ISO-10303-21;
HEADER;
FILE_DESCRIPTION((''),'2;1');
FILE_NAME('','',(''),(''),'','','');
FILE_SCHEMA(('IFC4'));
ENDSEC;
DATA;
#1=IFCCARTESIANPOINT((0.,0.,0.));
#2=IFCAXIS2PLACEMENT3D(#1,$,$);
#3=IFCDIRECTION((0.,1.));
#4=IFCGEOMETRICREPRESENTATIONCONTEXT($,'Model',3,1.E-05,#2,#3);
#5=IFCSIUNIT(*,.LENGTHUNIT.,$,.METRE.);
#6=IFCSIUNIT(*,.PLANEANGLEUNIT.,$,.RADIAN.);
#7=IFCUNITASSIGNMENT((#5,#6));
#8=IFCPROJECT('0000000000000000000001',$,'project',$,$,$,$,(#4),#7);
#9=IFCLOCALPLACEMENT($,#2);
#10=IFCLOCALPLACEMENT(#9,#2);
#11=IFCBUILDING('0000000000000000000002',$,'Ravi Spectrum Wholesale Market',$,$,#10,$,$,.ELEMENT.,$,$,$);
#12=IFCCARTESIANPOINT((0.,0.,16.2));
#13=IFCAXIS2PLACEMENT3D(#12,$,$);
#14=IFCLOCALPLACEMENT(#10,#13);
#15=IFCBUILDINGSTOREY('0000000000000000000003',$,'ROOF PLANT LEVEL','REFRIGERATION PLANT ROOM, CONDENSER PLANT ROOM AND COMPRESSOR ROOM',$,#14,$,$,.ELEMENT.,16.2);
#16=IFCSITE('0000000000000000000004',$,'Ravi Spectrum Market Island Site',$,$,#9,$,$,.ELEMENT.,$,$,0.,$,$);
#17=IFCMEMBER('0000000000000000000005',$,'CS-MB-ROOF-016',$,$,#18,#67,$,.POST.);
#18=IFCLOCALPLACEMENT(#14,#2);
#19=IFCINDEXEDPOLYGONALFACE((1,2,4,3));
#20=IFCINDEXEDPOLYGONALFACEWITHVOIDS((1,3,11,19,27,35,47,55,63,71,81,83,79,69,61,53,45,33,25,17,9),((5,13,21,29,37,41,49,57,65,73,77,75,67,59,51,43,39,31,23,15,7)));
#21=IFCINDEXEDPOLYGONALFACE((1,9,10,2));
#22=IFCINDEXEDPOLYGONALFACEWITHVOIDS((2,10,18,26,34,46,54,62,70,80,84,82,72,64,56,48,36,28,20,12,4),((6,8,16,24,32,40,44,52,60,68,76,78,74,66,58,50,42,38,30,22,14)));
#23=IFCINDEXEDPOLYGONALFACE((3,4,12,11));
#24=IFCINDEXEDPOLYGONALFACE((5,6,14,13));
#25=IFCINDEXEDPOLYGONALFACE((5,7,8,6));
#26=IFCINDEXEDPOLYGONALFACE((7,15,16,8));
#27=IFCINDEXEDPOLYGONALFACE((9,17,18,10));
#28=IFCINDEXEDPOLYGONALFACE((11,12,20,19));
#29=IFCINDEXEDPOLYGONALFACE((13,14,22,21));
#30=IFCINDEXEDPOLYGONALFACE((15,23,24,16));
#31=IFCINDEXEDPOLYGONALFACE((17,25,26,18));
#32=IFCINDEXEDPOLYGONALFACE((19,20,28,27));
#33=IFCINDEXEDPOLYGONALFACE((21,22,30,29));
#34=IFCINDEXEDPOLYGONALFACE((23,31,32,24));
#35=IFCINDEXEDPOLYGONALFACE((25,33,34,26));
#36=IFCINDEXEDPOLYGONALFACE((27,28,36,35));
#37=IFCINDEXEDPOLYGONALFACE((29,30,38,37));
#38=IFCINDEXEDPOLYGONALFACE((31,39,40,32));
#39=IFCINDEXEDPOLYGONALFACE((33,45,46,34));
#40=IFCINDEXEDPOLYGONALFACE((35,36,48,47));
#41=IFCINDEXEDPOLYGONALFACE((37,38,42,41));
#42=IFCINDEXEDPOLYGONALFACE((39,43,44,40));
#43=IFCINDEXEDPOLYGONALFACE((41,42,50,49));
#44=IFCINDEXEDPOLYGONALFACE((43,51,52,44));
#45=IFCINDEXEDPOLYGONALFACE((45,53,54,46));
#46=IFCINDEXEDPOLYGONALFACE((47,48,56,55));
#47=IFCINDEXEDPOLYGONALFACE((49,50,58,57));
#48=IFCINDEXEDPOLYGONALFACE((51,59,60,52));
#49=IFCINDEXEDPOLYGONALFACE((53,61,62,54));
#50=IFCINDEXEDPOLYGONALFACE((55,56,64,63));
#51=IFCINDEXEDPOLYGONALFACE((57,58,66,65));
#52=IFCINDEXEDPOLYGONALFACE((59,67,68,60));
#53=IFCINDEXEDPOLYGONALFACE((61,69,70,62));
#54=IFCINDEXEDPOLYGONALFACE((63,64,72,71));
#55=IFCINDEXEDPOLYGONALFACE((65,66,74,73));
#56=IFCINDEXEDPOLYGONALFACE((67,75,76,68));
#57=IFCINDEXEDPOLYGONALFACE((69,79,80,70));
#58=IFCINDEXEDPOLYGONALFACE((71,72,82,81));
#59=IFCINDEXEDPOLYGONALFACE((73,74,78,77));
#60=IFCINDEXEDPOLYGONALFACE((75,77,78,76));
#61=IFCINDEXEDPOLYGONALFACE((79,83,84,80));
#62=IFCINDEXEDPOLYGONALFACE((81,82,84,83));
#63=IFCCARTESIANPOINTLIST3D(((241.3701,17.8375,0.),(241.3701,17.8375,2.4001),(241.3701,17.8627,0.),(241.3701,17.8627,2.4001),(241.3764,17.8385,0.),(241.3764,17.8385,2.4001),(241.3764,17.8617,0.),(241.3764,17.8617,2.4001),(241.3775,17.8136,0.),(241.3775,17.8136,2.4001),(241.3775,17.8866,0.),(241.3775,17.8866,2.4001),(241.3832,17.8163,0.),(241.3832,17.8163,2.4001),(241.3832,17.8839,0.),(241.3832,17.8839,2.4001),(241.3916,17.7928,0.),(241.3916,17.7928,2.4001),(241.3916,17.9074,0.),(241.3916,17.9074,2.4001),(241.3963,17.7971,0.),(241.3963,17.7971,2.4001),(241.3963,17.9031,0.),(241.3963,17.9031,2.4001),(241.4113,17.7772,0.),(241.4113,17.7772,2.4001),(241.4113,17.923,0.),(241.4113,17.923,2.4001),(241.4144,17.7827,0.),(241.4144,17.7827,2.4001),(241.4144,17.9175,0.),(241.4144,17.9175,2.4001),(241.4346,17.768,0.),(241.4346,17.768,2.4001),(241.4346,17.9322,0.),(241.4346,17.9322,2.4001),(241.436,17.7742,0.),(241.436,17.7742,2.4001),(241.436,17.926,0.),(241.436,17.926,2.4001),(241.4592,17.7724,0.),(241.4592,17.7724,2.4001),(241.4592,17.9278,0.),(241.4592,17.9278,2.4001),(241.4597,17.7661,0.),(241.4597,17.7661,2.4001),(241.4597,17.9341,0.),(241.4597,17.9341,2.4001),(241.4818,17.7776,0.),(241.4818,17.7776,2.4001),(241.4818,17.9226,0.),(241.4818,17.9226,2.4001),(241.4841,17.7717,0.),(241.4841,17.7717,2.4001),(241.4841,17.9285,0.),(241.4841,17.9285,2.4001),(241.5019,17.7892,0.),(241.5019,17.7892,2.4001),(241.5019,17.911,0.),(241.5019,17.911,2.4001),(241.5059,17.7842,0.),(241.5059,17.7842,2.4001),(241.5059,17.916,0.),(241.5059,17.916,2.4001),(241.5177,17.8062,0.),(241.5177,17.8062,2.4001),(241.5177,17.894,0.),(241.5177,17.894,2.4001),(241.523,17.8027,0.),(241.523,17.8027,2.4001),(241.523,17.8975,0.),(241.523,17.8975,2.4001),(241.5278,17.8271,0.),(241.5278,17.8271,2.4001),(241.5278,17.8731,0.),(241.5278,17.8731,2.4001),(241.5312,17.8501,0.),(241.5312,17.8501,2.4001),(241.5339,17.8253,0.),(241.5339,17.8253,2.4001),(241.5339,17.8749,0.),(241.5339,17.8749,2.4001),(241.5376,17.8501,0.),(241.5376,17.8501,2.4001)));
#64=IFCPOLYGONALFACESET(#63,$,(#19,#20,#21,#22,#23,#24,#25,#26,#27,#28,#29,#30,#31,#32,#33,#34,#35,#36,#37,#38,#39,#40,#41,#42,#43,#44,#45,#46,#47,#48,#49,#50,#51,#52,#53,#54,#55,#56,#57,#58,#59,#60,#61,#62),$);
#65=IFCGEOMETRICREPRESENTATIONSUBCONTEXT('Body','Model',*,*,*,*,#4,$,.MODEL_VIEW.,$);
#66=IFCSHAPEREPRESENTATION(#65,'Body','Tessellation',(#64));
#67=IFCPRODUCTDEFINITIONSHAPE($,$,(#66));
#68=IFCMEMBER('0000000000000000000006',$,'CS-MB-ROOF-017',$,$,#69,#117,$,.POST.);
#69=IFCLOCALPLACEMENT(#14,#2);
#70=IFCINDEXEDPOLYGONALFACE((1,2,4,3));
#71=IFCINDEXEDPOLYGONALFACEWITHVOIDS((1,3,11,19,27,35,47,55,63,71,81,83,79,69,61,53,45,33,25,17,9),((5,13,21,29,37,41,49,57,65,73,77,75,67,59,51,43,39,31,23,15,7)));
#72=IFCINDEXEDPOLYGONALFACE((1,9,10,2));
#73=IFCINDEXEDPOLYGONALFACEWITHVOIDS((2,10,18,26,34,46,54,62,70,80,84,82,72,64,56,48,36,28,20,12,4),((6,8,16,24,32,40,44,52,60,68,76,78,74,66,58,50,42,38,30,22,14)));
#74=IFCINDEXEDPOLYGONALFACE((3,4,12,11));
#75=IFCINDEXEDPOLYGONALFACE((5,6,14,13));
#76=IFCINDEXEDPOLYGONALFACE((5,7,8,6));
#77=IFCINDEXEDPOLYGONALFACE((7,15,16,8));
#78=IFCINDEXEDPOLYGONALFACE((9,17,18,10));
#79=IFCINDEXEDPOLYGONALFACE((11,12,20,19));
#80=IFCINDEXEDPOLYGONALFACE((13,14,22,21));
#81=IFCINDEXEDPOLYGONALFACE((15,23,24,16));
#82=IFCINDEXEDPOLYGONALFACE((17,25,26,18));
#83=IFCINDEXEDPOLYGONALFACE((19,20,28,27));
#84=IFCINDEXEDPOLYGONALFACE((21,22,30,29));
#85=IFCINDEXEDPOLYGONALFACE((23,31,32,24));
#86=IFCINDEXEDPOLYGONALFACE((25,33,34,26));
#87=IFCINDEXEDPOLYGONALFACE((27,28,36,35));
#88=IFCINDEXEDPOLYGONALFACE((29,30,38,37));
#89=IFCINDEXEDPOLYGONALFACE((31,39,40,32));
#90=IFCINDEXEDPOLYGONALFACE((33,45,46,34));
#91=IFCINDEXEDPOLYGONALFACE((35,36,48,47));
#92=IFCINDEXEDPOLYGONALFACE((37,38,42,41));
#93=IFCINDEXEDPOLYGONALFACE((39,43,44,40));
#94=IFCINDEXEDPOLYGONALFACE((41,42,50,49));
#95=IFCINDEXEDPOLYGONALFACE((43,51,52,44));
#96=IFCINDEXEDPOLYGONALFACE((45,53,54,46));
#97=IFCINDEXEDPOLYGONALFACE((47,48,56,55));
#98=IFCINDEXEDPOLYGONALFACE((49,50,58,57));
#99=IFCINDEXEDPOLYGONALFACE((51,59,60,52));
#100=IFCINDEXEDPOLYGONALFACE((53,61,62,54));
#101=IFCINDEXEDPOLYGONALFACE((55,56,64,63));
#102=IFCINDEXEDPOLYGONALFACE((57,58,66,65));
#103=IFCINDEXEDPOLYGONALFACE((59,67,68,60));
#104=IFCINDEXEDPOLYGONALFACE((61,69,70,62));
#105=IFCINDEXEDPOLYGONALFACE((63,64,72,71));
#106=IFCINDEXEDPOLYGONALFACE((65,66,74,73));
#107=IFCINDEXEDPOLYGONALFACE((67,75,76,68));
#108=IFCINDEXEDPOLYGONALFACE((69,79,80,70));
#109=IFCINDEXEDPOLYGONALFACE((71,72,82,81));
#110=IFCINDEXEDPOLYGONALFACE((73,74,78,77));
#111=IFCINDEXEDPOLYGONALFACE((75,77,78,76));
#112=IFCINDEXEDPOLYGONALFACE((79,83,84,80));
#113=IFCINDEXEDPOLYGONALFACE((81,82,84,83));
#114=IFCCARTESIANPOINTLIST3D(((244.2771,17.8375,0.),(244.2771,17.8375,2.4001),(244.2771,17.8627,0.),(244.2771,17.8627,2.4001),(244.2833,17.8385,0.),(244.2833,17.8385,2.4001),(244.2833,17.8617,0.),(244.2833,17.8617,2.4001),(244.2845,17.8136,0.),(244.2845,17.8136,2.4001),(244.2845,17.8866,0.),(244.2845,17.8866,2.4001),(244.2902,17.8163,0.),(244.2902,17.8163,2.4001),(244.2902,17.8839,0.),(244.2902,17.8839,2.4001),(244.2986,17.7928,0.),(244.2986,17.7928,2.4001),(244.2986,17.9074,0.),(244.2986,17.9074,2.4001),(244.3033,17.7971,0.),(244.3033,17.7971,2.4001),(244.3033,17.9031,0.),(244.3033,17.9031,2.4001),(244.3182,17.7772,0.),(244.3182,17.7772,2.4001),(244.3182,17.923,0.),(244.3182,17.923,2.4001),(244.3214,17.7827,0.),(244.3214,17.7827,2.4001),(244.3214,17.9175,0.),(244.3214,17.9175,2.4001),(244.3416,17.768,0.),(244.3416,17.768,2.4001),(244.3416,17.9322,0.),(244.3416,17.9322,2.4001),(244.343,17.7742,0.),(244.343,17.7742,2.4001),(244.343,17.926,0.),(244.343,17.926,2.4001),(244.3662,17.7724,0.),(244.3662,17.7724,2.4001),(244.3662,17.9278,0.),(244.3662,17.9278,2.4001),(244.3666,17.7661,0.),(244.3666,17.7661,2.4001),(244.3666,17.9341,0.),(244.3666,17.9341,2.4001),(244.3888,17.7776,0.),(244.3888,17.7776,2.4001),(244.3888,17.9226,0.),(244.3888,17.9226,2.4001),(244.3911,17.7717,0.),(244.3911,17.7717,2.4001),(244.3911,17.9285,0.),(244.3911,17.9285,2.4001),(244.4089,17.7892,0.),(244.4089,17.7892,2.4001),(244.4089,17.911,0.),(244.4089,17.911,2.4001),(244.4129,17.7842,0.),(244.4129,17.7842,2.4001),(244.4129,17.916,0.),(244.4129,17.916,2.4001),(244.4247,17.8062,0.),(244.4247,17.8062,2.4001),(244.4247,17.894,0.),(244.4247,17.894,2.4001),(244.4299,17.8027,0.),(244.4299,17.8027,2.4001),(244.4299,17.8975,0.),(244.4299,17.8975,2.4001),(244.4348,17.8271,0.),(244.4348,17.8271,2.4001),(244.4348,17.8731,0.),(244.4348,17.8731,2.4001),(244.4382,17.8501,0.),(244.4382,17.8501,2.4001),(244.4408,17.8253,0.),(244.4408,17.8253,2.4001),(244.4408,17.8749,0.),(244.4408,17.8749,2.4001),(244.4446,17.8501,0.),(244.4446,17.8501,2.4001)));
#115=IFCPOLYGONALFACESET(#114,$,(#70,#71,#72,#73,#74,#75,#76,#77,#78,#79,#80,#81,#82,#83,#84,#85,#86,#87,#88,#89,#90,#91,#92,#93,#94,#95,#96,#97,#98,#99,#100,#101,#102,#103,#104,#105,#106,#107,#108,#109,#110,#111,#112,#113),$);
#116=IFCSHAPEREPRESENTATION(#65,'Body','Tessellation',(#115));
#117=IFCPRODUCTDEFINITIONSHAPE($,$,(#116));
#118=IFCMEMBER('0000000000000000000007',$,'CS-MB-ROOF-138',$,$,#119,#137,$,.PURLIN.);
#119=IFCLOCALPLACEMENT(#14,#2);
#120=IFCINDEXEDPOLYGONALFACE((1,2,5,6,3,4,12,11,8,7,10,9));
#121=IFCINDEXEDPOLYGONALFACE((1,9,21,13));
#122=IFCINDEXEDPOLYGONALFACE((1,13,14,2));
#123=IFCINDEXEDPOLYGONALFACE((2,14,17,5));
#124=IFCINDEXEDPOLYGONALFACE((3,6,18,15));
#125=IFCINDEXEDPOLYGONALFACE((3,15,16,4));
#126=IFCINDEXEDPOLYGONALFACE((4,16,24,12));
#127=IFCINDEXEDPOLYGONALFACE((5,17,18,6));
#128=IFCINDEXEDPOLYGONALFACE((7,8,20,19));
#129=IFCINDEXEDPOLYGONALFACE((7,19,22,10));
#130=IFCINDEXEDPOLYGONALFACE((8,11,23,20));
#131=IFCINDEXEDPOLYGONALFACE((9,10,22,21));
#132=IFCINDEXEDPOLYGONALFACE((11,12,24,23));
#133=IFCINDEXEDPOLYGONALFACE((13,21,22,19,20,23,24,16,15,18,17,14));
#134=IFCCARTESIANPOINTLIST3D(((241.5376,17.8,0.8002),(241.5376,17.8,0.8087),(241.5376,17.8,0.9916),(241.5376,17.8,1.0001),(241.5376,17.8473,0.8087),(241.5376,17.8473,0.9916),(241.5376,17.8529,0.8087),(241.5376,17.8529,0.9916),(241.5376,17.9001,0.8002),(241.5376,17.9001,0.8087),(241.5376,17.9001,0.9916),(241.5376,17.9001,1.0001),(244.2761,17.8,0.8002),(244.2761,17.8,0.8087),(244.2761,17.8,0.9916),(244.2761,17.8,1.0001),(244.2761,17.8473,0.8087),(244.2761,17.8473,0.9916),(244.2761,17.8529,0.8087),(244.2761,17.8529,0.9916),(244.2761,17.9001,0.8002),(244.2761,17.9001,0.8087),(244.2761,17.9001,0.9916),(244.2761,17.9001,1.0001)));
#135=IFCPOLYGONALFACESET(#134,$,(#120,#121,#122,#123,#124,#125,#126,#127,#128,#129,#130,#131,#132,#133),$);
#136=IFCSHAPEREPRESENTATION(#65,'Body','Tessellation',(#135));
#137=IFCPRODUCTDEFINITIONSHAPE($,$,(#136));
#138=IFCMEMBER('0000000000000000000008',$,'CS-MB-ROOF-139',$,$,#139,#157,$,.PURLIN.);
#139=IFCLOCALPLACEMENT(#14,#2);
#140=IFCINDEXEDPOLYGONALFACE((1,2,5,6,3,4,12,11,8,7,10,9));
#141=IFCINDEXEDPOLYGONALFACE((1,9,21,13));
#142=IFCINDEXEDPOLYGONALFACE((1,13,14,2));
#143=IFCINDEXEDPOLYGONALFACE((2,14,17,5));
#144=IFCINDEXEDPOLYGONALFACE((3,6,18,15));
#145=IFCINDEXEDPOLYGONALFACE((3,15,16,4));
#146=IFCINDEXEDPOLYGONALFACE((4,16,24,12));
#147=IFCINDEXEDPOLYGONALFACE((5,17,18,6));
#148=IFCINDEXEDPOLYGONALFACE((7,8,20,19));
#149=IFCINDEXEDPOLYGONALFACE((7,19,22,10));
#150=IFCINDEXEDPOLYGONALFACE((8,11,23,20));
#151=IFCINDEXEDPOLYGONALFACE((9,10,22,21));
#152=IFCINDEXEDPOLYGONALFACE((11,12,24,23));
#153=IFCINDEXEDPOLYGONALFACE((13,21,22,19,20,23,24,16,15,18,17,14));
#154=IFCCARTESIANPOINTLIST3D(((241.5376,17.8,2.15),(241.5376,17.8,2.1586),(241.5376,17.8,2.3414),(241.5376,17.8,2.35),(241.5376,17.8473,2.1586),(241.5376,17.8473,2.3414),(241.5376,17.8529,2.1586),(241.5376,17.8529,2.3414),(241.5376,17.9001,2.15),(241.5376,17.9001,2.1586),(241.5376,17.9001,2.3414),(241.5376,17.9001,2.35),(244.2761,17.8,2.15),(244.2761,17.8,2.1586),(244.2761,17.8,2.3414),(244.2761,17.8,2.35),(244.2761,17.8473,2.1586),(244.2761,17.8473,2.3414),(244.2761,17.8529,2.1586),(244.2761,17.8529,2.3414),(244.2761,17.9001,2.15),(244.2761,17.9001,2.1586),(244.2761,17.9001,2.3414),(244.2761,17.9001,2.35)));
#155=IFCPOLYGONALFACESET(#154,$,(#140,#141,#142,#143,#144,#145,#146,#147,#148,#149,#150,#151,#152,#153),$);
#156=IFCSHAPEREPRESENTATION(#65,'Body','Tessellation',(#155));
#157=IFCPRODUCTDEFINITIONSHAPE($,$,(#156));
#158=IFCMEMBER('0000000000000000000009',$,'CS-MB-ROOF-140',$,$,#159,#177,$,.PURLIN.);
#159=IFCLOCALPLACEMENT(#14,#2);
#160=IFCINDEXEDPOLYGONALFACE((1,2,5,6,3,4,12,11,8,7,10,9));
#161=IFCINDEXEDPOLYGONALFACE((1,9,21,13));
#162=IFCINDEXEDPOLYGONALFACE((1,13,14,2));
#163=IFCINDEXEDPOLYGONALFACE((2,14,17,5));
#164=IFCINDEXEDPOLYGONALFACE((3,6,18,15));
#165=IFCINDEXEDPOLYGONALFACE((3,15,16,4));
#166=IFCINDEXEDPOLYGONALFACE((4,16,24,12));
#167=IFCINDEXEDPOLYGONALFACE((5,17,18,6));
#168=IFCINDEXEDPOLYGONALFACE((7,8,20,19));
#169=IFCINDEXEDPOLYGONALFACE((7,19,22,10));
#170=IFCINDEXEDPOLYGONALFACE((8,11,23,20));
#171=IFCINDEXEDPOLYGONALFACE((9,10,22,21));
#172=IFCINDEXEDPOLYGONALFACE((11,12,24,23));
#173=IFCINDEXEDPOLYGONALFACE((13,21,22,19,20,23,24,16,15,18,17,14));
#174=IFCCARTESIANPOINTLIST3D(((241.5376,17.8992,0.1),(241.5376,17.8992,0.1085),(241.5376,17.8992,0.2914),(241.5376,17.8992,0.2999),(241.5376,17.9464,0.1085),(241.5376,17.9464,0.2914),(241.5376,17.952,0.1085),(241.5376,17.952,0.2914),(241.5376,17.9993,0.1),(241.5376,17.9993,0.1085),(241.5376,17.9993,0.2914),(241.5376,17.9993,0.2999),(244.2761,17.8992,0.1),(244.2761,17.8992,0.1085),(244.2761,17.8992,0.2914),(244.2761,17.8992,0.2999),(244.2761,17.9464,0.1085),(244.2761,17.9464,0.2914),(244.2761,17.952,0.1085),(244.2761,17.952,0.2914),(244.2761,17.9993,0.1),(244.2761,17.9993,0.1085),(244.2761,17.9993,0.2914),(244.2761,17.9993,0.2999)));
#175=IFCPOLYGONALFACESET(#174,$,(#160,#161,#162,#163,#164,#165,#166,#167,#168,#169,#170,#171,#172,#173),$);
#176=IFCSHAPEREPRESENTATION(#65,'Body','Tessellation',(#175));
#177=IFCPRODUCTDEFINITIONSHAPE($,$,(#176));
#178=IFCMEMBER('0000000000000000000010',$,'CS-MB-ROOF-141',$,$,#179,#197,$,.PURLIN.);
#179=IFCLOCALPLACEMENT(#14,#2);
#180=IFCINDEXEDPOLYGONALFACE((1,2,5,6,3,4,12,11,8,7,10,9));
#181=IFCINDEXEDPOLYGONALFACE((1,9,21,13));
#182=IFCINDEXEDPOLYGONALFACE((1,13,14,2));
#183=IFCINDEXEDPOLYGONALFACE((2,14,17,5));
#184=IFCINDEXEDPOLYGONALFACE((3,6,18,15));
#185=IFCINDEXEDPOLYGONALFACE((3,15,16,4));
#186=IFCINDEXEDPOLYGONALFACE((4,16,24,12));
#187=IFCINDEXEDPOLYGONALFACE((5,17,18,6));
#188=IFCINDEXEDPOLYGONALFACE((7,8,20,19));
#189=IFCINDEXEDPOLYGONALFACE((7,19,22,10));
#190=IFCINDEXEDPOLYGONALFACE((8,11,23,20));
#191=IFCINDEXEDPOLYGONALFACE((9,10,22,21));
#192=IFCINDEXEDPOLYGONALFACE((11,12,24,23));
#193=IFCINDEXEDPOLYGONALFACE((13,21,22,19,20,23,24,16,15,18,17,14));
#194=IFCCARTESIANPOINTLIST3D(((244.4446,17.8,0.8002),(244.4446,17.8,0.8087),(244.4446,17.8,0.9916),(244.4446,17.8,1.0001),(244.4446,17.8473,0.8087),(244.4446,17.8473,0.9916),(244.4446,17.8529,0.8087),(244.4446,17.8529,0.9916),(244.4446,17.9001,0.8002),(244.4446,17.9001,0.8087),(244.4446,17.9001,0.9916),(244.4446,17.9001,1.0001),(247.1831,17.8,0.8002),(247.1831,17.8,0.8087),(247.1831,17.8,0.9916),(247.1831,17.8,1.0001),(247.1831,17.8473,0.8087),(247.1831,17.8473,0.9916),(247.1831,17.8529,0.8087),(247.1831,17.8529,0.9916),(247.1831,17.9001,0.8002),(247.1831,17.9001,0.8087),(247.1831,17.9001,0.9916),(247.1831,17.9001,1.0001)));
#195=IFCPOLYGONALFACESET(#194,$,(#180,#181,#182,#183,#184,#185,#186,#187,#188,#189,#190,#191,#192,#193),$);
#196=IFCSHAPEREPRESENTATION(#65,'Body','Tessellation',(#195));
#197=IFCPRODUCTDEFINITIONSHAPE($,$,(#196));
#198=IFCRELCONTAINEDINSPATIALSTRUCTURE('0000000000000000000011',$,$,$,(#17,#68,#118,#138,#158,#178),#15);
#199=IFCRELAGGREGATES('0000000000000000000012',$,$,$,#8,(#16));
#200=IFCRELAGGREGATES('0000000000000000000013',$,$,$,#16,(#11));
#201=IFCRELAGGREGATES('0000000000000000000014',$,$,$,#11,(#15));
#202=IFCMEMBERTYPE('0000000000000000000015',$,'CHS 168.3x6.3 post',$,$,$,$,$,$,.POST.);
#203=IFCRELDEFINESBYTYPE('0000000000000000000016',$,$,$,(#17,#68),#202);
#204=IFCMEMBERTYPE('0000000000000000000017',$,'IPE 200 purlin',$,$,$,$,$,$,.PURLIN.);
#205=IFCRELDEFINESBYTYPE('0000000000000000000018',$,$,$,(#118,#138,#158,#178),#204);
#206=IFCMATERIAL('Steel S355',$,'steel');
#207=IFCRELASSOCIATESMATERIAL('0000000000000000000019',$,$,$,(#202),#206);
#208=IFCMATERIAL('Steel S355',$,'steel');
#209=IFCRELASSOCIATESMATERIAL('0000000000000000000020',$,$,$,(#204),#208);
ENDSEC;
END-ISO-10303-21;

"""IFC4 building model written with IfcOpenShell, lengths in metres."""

from ifc_helpers import new_model, si_unit, direction, frame, origin, origin_2d, place, context, subcontext, project, spatial, hollow_circle, i_section, extrude, material, material_profile, profile_set, type_object, element, save


model = new_model("IFC4")

# Units and contexts
model_context = context("Model", 3, precision=1e-05, world=origin(), true_north=direction((0.0, 1.0)))
body_context = subcontext(model_context, "Body", "Model", "MODEL_VIEW")
ifc_project = project(units=[si_unit("LENGTHUNIT", "METRE"), si_unit("PLANEANGLEUNIT", "RADIAN")], contexts=[model_context])

# Site, building, storey
site_placement = place(None, origin())
site = spatial("IfcSite", under=ifc_project, at=site_placement, Name="Ravi Spectrum Market Island Site", CompositionType="ELEMENT", RefElevation=0.0)
building_placement = place(site_placement, origin())
building = spatial("IfcBuilding", under=site, at=building_placement, Name="Ravi Spectrum Wholesale Market", CompositionType="ELEMENT")
storey_placement = place(building_placement, frame((0.0, 0.0, 16.2)))
storey = spatial("IfcBuildingStorey", under=building, at=storey_placement, Name="ROOF PLANT LEVEL", Description="REFRIGERATION PLANT ROOM, CONDENSER PLANT ROOM AND COMPRESSOR ROOM", CompositionType="ELEMENT", Elevation=16.2)

# Members
ifc_material_1 = material(Name="Steel S355", Category="steel")
ifc_material_profile_1 = material_profile(ifc_material_1, hollow_circle(Radius=0.0842, WallThickness=0.0063, at=origin_2d()))
ifc_profile_set_1 = profile_set([ifc_material_profile_1], Name="Steel S355")
member_type_1 = type_object("IfcMemberType", Name="CHS 168.3x6.3 post", PredefinedType="POST", material=ifc_profile_set_1)
for number, where, z_axis, x_axis, name in (
    (1, (241.4534, 17.8501, 0.0), (0.0, 0.0, 1.0), (1.0, 0.0, 0.0), "CS-MB-ROOF-016"),
    (2, (244.3604, 17.8501, 0.0), (0.0, 0.0, 1.0), (1.0, 0.0, 0.0), "CS-MB-ROOF-017"),
):
    element("IfcMember", number, at=place(storey_placement, frame(where, z_axis=z_axis, x_axis=x_axis)), inside=storey, type_object=member_type_1, Name=name, PredefinedType="POST", context=body_context, shape_type="SweptSolid", body=[
        extrude(hollow_circle(Radius=0.0842, WallThickness=0.0063, at=origin_2d()), origin(), (0.0, 0.0, 1.0), 2.4001),
    ])
ifc_material_2 = material(Name="Steel S355", Category="steel")
ifc_material_profile_2 = material_profile(ifc_material_2, i_section(OverallWidth=0.1001, OverallDepth=0.2, WebThickness=0.0056, FlangeThickness=0.0085, at=origin_2d()))
ifc_profile_set_2 = profile_set([ifc_material_profile_2], Name="Steel S355")
member_type_2 = type_object("IfcMemberType", Name="IPE 200 purlin", PredefinedType="PURLIN", material=ifc_profile_set_2)
for number, where, z_axis, x_axis, name in (
    (3, (241.5376, 17.8501, 0.9001), (1.0, 0.0, 0.0), (0.0, 1.0, 0.0), "CS-MB-ROOF-138"),
    (4, (241.5376, 17.8501, 2.25), (1.0, 0.0, 0.0), (0.0, 1.0, 0.0), "CS-MB-ROOF-139"),
    (5, (241.5376, 17.9492, 0.2), (1.0, 0.0, 0.0), (0.0, 1.0, 0.0), "CS-MB-ROOF-140"),
    (6, (244.4446, 17.8501, 0.9001), (1.0, 0.0, 0.0), (0.0, 1.0, 0.0), "CS-MB-ROOF-141"),
):
    element("IfcMember", number, at=place(storey_placement, frame(where, z_axis=z_axis, x_axis=x_axis)), inside=storey, type_object=member_type_2, Name=name, PredefinedType="PURLIN", context=body_context, shape_type="SweptSolid", body=[
        extrude(i_section(OverallWidth=0.1001, OverallDepth=0.2, WebThickness=0.0056, FlangeThickness=0.0085, at=origin_2d()), origin(), (0.0, 0.0, 1.0), 2.7385),
    ])

save(model, "model.ifc")
